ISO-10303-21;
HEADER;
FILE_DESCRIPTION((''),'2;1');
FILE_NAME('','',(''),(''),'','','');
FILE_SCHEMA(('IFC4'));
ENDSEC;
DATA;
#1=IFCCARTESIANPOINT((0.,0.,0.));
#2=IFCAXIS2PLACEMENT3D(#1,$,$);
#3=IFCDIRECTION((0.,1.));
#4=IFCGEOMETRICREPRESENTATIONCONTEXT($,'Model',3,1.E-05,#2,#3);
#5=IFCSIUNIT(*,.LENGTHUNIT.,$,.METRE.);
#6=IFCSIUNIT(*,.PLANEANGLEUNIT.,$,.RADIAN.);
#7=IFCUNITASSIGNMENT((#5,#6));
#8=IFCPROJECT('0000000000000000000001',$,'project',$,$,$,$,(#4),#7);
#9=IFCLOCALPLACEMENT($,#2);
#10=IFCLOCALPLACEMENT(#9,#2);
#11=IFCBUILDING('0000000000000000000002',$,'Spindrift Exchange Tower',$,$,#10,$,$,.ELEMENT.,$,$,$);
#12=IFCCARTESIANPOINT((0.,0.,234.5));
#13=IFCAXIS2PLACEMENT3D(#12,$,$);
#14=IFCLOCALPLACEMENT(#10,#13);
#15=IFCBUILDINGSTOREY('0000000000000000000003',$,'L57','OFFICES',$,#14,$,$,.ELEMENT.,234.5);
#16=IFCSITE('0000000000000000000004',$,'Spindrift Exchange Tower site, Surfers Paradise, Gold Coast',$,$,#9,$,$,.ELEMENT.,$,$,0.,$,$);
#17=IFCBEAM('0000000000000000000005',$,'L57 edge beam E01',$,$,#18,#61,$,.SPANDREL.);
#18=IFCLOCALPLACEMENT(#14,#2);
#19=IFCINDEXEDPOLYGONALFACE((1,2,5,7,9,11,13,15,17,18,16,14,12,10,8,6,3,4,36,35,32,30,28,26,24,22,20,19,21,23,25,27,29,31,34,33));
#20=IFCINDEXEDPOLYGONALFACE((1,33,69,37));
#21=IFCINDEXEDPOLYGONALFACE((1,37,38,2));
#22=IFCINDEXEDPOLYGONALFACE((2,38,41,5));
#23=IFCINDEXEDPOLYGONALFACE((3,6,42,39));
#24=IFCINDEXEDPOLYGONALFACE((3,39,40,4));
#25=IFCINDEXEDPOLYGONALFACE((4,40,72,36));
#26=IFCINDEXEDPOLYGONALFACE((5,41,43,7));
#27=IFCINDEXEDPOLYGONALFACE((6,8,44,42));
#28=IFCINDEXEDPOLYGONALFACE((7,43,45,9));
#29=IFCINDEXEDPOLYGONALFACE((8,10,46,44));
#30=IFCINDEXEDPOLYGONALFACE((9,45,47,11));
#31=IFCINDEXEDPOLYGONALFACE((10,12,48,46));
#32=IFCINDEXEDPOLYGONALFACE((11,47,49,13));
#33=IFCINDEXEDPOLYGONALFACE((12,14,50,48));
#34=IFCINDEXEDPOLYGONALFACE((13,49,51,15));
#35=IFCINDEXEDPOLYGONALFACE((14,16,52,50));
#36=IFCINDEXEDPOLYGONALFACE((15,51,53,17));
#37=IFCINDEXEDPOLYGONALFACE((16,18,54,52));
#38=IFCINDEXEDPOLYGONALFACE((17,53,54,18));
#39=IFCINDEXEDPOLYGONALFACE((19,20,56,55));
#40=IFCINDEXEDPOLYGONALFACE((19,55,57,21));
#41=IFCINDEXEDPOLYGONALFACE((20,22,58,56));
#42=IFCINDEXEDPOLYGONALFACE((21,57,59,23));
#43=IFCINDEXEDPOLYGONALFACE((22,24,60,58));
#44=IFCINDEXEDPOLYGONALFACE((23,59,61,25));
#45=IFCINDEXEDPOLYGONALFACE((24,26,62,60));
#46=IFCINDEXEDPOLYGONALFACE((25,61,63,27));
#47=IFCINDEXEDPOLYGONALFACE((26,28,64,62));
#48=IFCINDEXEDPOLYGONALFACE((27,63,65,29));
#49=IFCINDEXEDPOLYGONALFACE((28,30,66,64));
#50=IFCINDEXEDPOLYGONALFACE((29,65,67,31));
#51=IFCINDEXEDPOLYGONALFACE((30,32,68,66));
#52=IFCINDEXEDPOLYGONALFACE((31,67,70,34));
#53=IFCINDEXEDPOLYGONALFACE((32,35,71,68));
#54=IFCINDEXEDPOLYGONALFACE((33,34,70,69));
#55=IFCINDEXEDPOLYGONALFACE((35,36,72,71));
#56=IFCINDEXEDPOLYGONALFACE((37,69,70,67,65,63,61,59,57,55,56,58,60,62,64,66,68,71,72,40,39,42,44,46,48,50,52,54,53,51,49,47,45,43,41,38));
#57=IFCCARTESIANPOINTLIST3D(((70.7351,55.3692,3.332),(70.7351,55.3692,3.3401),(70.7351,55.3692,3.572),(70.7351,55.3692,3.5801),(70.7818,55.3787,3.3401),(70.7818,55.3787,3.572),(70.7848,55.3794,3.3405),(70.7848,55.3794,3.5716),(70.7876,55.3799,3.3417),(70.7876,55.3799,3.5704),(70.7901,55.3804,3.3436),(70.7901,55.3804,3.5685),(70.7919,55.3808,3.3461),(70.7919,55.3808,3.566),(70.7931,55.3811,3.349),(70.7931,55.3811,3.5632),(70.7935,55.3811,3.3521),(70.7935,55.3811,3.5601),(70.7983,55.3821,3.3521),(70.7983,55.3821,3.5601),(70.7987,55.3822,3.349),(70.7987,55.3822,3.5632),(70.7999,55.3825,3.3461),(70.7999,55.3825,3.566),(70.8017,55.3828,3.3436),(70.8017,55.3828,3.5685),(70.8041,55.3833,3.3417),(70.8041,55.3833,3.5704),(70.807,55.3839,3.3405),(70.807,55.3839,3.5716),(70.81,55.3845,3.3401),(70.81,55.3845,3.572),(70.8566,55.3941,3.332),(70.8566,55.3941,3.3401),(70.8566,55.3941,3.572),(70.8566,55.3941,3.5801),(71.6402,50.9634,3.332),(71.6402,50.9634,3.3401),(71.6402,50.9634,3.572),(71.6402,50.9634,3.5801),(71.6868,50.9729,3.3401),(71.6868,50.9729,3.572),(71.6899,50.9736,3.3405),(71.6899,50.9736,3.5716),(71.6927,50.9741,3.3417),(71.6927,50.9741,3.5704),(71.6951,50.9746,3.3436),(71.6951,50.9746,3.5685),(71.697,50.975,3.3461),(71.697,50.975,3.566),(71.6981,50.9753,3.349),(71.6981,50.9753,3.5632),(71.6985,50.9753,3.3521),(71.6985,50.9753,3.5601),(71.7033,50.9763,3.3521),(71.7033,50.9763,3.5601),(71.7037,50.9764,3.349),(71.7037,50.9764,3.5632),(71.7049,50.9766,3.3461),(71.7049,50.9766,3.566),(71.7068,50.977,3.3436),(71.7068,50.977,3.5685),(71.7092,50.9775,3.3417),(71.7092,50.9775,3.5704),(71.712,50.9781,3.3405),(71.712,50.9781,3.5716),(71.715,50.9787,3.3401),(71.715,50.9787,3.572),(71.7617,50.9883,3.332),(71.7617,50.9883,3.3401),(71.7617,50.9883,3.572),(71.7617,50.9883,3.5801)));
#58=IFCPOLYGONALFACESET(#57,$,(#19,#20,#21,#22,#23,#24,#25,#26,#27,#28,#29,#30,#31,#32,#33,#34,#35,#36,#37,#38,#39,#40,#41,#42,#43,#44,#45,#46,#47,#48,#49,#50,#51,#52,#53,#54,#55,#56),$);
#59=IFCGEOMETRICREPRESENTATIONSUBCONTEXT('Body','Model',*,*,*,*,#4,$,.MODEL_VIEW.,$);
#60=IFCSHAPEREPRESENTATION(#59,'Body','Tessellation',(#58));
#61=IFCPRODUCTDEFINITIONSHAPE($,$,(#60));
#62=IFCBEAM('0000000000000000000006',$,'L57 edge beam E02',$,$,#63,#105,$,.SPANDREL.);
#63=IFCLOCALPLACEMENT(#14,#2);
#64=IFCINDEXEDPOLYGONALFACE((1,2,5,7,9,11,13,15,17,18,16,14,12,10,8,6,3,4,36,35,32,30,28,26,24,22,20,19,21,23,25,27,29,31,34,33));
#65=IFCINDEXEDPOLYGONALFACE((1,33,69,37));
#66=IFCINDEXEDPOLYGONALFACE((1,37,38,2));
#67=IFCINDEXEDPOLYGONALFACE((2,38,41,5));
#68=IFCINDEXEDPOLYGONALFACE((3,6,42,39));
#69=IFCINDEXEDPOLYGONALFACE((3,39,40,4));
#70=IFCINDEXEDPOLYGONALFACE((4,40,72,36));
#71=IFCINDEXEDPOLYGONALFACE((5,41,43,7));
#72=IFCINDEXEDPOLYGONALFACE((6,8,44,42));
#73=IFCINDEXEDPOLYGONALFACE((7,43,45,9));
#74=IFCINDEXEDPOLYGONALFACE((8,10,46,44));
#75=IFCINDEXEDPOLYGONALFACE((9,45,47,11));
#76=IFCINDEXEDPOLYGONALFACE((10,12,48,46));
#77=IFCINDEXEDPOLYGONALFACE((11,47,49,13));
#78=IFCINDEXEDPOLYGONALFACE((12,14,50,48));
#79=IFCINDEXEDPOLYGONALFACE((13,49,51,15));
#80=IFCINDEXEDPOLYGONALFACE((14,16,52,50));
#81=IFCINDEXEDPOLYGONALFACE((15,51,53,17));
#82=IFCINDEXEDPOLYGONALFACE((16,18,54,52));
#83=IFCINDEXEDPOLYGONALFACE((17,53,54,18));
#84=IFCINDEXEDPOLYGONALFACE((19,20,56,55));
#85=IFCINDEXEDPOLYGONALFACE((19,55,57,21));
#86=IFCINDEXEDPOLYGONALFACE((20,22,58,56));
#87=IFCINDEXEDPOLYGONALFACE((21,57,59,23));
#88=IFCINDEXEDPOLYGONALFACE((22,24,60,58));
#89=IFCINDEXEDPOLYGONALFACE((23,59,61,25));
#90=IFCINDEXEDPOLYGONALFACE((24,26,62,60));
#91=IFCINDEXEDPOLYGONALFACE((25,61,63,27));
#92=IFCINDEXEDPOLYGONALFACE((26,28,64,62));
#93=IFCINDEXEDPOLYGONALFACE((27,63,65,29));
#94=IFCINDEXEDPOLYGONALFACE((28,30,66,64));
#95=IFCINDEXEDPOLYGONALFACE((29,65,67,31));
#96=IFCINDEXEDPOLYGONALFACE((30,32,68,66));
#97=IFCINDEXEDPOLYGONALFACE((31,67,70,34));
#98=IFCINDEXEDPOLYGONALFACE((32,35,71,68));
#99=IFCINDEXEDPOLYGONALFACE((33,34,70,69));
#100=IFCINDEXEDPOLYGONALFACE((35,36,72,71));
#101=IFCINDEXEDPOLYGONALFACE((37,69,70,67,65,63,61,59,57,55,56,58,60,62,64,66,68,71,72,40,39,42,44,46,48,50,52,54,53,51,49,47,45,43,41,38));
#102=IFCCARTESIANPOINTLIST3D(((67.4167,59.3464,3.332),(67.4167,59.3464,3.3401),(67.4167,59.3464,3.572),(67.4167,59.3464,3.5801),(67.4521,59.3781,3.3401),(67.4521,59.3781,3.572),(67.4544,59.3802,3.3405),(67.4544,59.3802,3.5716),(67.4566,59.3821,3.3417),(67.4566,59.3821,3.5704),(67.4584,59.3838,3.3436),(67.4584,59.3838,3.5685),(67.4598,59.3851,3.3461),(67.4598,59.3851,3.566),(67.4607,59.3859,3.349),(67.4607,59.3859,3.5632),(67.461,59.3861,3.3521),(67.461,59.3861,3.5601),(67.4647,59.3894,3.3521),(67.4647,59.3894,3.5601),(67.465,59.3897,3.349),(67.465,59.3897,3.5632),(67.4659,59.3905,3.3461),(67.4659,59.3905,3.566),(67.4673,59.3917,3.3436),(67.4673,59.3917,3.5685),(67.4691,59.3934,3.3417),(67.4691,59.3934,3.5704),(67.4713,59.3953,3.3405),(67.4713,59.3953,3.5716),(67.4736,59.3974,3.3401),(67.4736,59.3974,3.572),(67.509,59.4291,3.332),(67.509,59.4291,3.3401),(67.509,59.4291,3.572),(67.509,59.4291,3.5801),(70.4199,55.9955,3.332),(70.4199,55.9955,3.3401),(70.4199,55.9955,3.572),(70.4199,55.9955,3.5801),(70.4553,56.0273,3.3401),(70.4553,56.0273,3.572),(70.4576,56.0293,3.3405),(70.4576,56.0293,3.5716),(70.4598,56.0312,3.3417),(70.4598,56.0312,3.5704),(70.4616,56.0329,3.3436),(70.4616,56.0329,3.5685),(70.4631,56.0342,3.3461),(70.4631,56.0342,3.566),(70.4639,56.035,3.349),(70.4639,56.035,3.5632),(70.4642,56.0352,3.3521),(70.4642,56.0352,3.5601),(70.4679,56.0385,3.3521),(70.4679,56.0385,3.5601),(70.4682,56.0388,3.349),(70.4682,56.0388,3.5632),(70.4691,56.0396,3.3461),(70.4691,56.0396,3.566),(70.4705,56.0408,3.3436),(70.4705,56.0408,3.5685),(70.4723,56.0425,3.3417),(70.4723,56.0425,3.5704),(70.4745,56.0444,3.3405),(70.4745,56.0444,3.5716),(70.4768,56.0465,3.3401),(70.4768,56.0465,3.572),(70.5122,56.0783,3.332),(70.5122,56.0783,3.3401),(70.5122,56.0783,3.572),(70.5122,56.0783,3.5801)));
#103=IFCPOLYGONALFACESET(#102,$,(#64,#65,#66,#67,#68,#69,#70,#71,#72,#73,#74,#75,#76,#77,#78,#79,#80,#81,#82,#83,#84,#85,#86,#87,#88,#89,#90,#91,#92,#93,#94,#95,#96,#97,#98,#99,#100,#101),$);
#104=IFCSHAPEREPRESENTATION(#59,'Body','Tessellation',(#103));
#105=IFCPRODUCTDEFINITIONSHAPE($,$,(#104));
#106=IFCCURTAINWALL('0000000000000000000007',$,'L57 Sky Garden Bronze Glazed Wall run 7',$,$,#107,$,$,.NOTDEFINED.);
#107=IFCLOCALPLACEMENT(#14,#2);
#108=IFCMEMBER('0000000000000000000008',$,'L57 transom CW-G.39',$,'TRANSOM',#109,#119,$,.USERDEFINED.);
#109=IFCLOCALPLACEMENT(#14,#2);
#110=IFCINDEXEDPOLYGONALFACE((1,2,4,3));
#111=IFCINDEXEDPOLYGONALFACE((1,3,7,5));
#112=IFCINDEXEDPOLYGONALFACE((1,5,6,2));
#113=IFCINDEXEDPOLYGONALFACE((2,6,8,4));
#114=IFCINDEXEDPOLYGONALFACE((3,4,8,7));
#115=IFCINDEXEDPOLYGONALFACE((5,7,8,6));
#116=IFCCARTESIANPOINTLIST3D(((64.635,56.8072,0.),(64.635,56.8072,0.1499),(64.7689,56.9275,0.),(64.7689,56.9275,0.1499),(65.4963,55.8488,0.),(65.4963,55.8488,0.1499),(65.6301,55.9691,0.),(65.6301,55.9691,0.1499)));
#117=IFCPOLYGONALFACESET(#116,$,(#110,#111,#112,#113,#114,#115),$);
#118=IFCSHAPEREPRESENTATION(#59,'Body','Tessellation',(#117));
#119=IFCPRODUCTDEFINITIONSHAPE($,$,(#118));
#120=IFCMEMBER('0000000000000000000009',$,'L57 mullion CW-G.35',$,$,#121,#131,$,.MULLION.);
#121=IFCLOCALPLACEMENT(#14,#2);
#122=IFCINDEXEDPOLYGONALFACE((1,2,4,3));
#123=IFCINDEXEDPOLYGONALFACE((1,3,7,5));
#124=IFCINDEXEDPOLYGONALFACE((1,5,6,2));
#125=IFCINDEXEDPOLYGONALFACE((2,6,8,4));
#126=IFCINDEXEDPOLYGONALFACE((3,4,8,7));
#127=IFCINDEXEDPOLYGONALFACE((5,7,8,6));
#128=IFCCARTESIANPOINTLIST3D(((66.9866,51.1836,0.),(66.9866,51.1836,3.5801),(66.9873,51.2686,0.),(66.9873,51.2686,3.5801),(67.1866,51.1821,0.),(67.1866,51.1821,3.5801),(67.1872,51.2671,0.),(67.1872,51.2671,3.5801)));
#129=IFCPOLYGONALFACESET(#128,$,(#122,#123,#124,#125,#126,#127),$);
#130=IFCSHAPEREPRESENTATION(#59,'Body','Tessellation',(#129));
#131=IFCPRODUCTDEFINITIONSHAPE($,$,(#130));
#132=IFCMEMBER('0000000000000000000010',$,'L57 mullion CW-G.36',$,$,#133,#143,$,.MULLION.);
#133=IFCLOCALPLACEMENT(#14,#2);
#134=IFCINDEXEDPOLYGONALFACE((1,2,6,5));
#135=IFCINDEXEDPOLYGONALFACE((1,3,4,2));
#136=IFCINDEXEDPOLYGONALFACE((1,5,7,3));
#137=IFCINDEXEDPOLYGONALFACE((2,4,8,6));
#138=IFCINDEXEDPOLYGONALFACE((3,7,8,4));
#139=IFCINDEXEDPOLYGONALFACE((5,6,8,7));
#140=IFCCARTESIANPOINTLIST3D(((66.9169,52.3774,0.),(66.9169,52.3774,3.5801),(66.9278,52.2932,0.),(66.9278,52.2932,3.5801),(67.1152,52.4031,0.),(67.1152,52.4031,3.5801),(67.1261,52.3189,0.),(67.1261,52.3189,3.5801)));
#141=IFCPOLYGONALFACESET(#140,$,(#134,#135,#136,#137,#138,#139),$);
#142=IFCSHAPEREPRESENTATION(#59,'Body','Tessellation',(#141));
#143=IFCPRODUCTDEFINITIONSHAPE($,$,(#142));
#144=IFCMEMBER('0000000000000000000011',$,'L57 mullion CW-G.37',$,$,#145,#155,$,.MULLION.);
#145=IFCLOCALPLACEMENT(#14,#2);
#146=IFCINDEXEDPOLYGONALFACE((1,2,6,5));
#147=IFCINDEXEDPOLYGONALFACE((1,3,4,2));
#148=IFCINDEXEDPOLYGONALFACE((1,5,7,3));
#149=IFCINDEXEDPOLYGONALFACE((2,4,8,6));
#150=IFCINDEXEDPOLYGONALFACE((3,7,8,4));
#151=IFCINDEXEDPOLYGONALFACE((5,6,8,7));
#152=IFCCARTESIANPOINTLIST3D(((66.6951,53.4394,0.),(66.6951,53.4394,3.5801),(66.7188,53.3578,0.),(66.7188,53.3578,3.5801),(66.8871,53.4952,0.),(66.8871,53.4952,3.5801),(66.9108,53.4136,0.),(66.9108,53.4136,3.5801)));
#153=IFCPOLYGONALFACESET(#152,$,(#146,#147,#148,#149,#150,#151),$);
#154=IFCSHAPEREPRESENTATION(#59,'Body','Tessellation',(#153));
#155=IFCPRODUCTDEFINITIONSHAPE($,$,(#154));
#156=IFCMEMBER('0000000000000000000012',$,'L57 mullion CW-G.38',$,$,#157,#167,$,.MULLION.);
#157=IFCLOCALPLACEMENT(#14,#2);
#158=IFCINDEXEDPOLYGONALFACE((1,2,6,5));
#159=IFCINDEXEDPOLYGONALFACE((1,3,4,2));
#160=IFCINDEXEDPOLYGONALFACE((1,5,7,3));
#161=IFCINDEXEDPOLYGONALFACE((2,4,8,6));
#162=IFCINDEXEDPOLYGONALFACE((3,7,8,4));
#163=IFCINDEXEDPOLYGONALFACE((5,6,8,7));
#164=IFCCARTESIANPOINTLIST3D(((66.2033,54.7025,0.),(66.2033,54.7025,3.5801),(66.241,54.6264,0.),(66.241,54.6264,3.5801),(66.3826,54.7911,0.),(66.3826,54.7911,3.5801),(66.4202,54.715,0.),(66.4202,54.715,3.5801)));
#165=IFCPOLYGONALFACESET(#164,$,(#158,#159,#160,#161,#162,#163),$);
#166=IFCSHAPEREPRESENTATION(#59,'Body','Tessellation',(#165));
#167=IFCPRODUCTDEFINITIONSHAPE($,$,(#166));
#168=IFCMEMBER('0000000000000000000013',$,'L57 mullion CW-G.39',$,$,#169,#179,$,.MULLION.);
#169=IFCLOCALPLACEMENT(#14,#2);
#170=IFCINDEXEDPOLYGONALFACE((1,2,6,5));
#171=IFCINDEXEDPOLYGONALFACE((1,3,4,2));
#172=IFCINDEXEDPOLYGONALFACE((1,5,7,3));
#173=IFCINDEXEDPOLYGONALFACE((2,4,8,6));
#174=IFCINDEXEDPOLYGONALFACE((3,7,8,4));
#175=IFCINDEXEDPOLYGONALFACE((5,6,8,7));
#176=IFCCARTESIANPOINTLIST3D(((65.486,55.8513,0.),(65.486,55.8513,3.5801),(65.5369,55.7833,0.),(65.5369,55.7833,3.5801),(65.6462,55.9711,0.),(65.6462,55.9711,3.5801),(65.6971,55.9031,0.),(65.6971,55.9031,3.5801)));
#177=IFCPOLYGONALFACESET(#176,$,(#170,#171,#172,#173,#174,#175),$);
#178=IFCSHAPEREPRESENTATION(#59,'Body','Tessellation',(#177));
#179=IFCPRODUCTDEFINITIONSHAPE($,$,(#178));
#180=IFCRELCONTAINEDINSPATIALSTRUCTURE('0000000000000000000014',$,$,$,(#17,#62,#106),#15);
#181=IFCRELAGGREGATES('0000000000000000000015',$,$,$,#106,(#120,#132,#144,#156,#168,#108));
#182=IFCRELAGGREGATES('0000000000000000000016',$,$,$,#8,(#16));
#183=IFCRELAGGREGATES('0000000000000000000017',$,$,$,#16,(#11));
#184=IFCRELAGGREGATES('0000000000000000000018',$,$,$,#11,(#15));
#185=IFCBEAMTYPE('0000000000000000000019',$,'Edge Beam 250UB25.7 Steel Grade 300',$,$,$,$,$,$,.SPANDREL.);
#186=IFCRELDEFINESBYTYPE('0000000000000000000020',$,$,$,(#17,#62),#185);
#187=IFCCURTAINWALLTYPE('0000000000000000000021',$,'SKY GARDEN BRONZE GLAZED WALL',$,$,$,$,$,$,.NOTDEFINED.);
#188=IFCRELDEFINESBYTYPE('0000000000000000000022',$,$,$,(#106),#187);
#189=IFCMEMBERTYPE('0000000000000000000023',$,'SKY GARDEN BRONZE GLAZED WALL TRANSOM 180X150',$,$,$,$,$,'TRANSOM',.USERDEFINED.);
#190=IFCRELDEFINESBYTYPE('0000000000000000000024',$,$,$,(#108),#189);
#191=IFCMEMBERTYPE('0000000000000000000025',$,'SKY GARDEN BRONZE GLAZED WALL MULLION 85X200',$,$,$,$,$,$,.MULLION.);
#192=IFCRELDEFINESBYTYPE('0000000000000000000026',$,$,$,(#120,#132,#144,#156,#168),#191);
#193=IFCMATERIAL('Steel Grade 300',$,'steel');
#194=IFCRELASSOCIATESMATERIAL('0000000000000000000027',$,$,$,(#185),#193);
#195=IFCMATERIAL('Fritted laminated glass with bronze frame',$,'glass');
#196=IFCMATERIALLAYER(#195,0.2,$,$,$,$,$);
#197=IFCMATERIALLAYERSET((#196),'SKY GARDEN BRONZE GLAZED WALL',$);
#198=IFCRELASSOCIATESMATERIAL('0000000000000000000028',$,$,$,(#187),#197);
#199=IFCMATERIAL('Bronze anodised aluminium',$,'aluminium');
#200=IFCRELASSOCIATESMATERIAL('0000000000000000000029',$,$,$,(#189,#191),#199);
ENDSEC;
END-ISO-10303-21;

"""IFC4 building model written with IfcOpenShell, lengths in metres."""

from ifc_helpers import new_model, si_unit, direction, frame, origin, origin_2d, place, context, subcontext, project, spatial, rectangle, i_section, extrude, source, transform, mapped, material, layer, layer_set, material_profile, profile_set, type_object, element, aggregate, save


model = new_model("IFC4")

# Units and contexts
model_context = context("Model", 3, precision=1e-05, world=origin(), true_north=direction((0.0, 1.0)))
body_context = subcontext(model_context, "Body", "Model", "MODEL_VIEW")
ifc_project = project(units=[si_unit("LENGTHUNIT", "METRE"), si_unit("PLANEANGLEUNIT", "RADIAN")], contexts=[model_context])

# Site, building, storey
site_placement = place(None, origin())
site = spatial("IfcSite", under=ifc_project, at=site_placement, Name="Spindrift Exchange Tower site, Surfers Paradise, Gold Coast", CompositionType="ELEMENT", RefElevation=0.0)
building_placement = place(site_placement, origin())
building = spatial("IfcBuilding", under=site, at=building_placement, Name="Spindrift Exchange Tower", CompositionType="ELEMENT")
storey_placement = place(building_placement, frame((0.0, 0.0, 234.5)))
storey = spatial("IfcBuildingStorey", under=building, at=storey_placement, Name="L57", Description="OFFICES", CompositionType="ELEMENT", Elevation=234.5)

# Beams
ifc_material_1 = material(Name="Steel Grade 300", Category="steel")
ifc_material_profile_1 = material_profile(ifc_material_1, i_section(OverallWidth=0.124, OverallDepth=0.248, WebThickness=0.0049, FlangeThickness=0.0081, FilletRadius=0.012, at=origin_2d()), Name="250UB25.7")
ifc_profile_set_1 = profile_set([ifc_material_profile_1], Name="Steel Grade 300")
beam_type_1 = type_object("IfcBeamType", Name="Edge Beam 250UB25.7 Steel Grade 300", PredefinedType="SPANDREL", material=ifc_profile_set_1)
shared_shape_1 = source(origin(), body_context, "Body", "SweptSolid", [
    extrude(i_section(OverallWidth=0.124, OverallDepth=0.248, WebThickness=0.0049, FlangeThickness=0.0081, FilletRadius=0.012, at=origin_2d()), origin(), (0.0, 0.0, 1.0), 4.4978),
])
beam_1_placement = place(storey_placement, frame((71.7009, 50.9758, 3.4561), z_axis=(-0.201218, 0.979546, 0.0), x_axis=(-0.979546, -0.201218, 0.0)))
element("IfcBeam", 1, at=beam_1_placement, inside=storey, type_object=beam_type_1, Name="L57 edge beam E01", PredefinedType="SPANDREL", context=body_context, shape_type="MappedRepresentation", body=[
    mapped(shared_shape_1, transform((0.0, 0.0, 0.0), scale=1.0)),
])
shared_shape_2 = source(origin(), body_context, "Body", "SweptSolid", [
    extrude(i_section(OverallWidth=0.124, OverallDepth=0.248, WebThickness=0.0049, FlangeThickness=0.0081, FilletRadius=0.012, at=origin_2d()), origin(), (0.0, 0.0, 1.0), 4.4998),
])
beam_2_placement = place(storey_placement, frame((70.4661, 56.0369, 3.4561), z_axis=(-0.66742, 0.744682, 0.0), x_axis=(-0.744682, -0.66742, 0.0)))
element("IfcBeam", 2, at=beam_2_placement, inside=storey, type_object=beam_type_1, Name="L57 edge beam E02", PredefinedType="SPANDREL", context=body_context, shape_type="MappedRepresentation", body=[
    mapped(shared_shape_2, transform((0.0, 0.0, 0.0), scale=1.0)),
])

# Curtain wall, members
ifc_material_2 = material(Name="Fritted laminated glass with bronze frame", Category="glass")
ifc_layer_1 = layer(ifc_material_2, 0.2)
ifc_layer_set_1 = layer_set([ifc_layer_1], Name="SKY GARDEN BRONZE GLAZED WALL")
curtain_wall_type = type_object("IfcCurtainWallType", Name="SKY GARDEN BRONZE GLAZED WALL", PredefinedType="NOTDEFINED", material=ifc_layer_set_1)
curtain_wall_1_placement = place(storey_placement, origin())
curtain_wall_1 = element("IfcCurtainWall", 3, at=curtain_wall_1_placement, inside=storey, type_object=curtain_wall_type, Name="L57 Sky Garden Bronze Glazed Wall run 7", PredefinedType="NOTDEFINED")
ifc_material_3 = material(Name="Bronze anodised aluminium", Category="aluminium")
ifc_material_profile_2 = material_profile(ifc_material_3, rectangle(XDim=0.1799, YDim=0.1499, at=origin_2d()), Name="SKY GARDEN BRONZE GLAZED WALL TRANSOM 180X150")
ifc_profile_set_2 = profile_set([ifc_material_profile_2], Name="Bronze anodised aluminium")
member_type_1 = type_object("IfcMemberType", Name="SKY GARDEN BRONZE GLAZED WALL TRANSOM 180X150", ElementType="TRANSOM", PredefinedType="USERDEFINED", material=ifc_profile_set_2)
shared_shape_3 = source(origin(), body_context, "Body", "SweptSolid", [
    extrude(rectangle(XDim=0.1799, YDim=0.1499, at=origin_2d()), origin(), (0.0, 0.0, 1.0), 1.2886),
])
member_1_placement = place(storey_placement, frame((65.5632, 55.9089, 0.075), z_axis=(-0.668399, 0.743803, 0.0), x_axis=(-0.743803, -0.668399, 0.0)))
member_1 = element("IfcMember", 4, at=member_1_placement, type_object=member_type_1, Name="L57 transom CW-G.39", ObjectType="TRANSOM", PredefinedType="USERDEFINED", context=body_context, shape_type="MappedRepresentation", body=[
    mapped(shared_shape_3, transform((0.0, 0.0, 0.0), scale=1.0)),
])
ifc_material_profile_3 = material_profile(ifc_material_3, rectangle(XDim=0.085, YDim=0.2, at=origin_2d()), Name="SKY GARDEN BRONZE GLAZED WALL MULLION 85X200")
ifc_profile_set_3 = profile_set([ifc_material_profile_3], Name="Bronze anodised aluminium")
member_type_2 = type_object("IfcMemberType", Name="SKY GARDEN BRONZE GLAZED WALL MULLION 85X200", PredefinedType="MULLION", material=ifc_profile_set_3)
shared_shape_4 = source(origin(), body_context, "Body", "SweptSolid", [
    extrude(rectangle(XDim=0.085, YDim=0.2, at=origin_2d()), origin(), (0.0, 0.0, 1.0), 3.5801),
])
member_2_placement = place(storey_placement, frame((67.0869, 51.2253, 0.0), z_axis=(0.0, 0.0, 1.0), x_axis=(0.007301, 0.999973, 0.0)))
member_2 = element("IfcMember", 5, at=member_2_placement, type_object=member_type_2, Name="L57 mullion CW-G.35", PredefinedType="MULLION", context=body_context, shape_type="MappedRepresentation", body=[
    mapped(shared_shape_4, transform((0.0, 0.0, 0.0), scale=1.0)),
])
member_3_placement = place(storey_placement, frame((67.0215, 52.3481, 0.0), z_axis=(0.0, 0.0, 1.0), x_axis=(-0.128681, 0.991686, 0.0)))
member_3 = element("IfcMember", 6, at=member_3_placement, type_object=member_type_2, Name="L57 mullion CW-G.36", PredefinedType="MULLION", context=body_context, shape_type="MappedRepresentation", body=[
    mapped(shared_shape_4, transform((0.0, 0.0, 0.0), scale=1.0)),
])
member_4_placement = place(storey_placement, frame((66.803, 53.4265, 0.0), z_axis=(0.0, 0.0, 1.0), x_axis=(-0.279091, 0.960265, 0.0)))
member_4 = element("IfcMember", 7, at=member_4_placement, type_object=member_type_2, Name="L57 mullion CW-G.37", PredefinedType="MULLION", context=body_context, shape_type="MappedRepresentation", body=[
    mapped(shared_shape_4, transform((0.0, 0.0, 0.0), scale=1.0)),
])
member_5_placement = place(storey_placement, frame((66.3118, 54.7087, 0.0), z_axis=(0.0, 0.0, 1.0), x_axis=(-0.443104, 0.89647, 0.0)))
member_5 = element("IfcMember", 8, at=member_5_placement, type_object=member_type_2, Name="L57 mullion CW-G.38", PredefinedType="MULLION", context=body_context, shape_type="MappedRepresentation", body=[
    mapped(shared_shape_4, transform((0.0, 0.0, 0.0), scale=1.0)),
])
member_6_placement = place(storey_placement, frame((65.5916, 55.8772, 0.0), z_axis=(0.0, 0.0, 1.0), x_axis=(-0.598919, 0.80081, 0.0)))
member_6 = element("IfcMember", 9, at=member_6_placement, type_object=member_type_2, Name="L57 mullion CW-G.39", PredefinedType="MULLION", context=body_context, shape_type="MappedRepresentation", body=[
    mapped(shared_shape_4, transform((0.0, 0.0, 0.0), scale=1.0)),
])

aggregate(curtain_wall_1, [member_2, member_3, member_4, member_5, member_6, member_1])

save(model, "model.ifc")
